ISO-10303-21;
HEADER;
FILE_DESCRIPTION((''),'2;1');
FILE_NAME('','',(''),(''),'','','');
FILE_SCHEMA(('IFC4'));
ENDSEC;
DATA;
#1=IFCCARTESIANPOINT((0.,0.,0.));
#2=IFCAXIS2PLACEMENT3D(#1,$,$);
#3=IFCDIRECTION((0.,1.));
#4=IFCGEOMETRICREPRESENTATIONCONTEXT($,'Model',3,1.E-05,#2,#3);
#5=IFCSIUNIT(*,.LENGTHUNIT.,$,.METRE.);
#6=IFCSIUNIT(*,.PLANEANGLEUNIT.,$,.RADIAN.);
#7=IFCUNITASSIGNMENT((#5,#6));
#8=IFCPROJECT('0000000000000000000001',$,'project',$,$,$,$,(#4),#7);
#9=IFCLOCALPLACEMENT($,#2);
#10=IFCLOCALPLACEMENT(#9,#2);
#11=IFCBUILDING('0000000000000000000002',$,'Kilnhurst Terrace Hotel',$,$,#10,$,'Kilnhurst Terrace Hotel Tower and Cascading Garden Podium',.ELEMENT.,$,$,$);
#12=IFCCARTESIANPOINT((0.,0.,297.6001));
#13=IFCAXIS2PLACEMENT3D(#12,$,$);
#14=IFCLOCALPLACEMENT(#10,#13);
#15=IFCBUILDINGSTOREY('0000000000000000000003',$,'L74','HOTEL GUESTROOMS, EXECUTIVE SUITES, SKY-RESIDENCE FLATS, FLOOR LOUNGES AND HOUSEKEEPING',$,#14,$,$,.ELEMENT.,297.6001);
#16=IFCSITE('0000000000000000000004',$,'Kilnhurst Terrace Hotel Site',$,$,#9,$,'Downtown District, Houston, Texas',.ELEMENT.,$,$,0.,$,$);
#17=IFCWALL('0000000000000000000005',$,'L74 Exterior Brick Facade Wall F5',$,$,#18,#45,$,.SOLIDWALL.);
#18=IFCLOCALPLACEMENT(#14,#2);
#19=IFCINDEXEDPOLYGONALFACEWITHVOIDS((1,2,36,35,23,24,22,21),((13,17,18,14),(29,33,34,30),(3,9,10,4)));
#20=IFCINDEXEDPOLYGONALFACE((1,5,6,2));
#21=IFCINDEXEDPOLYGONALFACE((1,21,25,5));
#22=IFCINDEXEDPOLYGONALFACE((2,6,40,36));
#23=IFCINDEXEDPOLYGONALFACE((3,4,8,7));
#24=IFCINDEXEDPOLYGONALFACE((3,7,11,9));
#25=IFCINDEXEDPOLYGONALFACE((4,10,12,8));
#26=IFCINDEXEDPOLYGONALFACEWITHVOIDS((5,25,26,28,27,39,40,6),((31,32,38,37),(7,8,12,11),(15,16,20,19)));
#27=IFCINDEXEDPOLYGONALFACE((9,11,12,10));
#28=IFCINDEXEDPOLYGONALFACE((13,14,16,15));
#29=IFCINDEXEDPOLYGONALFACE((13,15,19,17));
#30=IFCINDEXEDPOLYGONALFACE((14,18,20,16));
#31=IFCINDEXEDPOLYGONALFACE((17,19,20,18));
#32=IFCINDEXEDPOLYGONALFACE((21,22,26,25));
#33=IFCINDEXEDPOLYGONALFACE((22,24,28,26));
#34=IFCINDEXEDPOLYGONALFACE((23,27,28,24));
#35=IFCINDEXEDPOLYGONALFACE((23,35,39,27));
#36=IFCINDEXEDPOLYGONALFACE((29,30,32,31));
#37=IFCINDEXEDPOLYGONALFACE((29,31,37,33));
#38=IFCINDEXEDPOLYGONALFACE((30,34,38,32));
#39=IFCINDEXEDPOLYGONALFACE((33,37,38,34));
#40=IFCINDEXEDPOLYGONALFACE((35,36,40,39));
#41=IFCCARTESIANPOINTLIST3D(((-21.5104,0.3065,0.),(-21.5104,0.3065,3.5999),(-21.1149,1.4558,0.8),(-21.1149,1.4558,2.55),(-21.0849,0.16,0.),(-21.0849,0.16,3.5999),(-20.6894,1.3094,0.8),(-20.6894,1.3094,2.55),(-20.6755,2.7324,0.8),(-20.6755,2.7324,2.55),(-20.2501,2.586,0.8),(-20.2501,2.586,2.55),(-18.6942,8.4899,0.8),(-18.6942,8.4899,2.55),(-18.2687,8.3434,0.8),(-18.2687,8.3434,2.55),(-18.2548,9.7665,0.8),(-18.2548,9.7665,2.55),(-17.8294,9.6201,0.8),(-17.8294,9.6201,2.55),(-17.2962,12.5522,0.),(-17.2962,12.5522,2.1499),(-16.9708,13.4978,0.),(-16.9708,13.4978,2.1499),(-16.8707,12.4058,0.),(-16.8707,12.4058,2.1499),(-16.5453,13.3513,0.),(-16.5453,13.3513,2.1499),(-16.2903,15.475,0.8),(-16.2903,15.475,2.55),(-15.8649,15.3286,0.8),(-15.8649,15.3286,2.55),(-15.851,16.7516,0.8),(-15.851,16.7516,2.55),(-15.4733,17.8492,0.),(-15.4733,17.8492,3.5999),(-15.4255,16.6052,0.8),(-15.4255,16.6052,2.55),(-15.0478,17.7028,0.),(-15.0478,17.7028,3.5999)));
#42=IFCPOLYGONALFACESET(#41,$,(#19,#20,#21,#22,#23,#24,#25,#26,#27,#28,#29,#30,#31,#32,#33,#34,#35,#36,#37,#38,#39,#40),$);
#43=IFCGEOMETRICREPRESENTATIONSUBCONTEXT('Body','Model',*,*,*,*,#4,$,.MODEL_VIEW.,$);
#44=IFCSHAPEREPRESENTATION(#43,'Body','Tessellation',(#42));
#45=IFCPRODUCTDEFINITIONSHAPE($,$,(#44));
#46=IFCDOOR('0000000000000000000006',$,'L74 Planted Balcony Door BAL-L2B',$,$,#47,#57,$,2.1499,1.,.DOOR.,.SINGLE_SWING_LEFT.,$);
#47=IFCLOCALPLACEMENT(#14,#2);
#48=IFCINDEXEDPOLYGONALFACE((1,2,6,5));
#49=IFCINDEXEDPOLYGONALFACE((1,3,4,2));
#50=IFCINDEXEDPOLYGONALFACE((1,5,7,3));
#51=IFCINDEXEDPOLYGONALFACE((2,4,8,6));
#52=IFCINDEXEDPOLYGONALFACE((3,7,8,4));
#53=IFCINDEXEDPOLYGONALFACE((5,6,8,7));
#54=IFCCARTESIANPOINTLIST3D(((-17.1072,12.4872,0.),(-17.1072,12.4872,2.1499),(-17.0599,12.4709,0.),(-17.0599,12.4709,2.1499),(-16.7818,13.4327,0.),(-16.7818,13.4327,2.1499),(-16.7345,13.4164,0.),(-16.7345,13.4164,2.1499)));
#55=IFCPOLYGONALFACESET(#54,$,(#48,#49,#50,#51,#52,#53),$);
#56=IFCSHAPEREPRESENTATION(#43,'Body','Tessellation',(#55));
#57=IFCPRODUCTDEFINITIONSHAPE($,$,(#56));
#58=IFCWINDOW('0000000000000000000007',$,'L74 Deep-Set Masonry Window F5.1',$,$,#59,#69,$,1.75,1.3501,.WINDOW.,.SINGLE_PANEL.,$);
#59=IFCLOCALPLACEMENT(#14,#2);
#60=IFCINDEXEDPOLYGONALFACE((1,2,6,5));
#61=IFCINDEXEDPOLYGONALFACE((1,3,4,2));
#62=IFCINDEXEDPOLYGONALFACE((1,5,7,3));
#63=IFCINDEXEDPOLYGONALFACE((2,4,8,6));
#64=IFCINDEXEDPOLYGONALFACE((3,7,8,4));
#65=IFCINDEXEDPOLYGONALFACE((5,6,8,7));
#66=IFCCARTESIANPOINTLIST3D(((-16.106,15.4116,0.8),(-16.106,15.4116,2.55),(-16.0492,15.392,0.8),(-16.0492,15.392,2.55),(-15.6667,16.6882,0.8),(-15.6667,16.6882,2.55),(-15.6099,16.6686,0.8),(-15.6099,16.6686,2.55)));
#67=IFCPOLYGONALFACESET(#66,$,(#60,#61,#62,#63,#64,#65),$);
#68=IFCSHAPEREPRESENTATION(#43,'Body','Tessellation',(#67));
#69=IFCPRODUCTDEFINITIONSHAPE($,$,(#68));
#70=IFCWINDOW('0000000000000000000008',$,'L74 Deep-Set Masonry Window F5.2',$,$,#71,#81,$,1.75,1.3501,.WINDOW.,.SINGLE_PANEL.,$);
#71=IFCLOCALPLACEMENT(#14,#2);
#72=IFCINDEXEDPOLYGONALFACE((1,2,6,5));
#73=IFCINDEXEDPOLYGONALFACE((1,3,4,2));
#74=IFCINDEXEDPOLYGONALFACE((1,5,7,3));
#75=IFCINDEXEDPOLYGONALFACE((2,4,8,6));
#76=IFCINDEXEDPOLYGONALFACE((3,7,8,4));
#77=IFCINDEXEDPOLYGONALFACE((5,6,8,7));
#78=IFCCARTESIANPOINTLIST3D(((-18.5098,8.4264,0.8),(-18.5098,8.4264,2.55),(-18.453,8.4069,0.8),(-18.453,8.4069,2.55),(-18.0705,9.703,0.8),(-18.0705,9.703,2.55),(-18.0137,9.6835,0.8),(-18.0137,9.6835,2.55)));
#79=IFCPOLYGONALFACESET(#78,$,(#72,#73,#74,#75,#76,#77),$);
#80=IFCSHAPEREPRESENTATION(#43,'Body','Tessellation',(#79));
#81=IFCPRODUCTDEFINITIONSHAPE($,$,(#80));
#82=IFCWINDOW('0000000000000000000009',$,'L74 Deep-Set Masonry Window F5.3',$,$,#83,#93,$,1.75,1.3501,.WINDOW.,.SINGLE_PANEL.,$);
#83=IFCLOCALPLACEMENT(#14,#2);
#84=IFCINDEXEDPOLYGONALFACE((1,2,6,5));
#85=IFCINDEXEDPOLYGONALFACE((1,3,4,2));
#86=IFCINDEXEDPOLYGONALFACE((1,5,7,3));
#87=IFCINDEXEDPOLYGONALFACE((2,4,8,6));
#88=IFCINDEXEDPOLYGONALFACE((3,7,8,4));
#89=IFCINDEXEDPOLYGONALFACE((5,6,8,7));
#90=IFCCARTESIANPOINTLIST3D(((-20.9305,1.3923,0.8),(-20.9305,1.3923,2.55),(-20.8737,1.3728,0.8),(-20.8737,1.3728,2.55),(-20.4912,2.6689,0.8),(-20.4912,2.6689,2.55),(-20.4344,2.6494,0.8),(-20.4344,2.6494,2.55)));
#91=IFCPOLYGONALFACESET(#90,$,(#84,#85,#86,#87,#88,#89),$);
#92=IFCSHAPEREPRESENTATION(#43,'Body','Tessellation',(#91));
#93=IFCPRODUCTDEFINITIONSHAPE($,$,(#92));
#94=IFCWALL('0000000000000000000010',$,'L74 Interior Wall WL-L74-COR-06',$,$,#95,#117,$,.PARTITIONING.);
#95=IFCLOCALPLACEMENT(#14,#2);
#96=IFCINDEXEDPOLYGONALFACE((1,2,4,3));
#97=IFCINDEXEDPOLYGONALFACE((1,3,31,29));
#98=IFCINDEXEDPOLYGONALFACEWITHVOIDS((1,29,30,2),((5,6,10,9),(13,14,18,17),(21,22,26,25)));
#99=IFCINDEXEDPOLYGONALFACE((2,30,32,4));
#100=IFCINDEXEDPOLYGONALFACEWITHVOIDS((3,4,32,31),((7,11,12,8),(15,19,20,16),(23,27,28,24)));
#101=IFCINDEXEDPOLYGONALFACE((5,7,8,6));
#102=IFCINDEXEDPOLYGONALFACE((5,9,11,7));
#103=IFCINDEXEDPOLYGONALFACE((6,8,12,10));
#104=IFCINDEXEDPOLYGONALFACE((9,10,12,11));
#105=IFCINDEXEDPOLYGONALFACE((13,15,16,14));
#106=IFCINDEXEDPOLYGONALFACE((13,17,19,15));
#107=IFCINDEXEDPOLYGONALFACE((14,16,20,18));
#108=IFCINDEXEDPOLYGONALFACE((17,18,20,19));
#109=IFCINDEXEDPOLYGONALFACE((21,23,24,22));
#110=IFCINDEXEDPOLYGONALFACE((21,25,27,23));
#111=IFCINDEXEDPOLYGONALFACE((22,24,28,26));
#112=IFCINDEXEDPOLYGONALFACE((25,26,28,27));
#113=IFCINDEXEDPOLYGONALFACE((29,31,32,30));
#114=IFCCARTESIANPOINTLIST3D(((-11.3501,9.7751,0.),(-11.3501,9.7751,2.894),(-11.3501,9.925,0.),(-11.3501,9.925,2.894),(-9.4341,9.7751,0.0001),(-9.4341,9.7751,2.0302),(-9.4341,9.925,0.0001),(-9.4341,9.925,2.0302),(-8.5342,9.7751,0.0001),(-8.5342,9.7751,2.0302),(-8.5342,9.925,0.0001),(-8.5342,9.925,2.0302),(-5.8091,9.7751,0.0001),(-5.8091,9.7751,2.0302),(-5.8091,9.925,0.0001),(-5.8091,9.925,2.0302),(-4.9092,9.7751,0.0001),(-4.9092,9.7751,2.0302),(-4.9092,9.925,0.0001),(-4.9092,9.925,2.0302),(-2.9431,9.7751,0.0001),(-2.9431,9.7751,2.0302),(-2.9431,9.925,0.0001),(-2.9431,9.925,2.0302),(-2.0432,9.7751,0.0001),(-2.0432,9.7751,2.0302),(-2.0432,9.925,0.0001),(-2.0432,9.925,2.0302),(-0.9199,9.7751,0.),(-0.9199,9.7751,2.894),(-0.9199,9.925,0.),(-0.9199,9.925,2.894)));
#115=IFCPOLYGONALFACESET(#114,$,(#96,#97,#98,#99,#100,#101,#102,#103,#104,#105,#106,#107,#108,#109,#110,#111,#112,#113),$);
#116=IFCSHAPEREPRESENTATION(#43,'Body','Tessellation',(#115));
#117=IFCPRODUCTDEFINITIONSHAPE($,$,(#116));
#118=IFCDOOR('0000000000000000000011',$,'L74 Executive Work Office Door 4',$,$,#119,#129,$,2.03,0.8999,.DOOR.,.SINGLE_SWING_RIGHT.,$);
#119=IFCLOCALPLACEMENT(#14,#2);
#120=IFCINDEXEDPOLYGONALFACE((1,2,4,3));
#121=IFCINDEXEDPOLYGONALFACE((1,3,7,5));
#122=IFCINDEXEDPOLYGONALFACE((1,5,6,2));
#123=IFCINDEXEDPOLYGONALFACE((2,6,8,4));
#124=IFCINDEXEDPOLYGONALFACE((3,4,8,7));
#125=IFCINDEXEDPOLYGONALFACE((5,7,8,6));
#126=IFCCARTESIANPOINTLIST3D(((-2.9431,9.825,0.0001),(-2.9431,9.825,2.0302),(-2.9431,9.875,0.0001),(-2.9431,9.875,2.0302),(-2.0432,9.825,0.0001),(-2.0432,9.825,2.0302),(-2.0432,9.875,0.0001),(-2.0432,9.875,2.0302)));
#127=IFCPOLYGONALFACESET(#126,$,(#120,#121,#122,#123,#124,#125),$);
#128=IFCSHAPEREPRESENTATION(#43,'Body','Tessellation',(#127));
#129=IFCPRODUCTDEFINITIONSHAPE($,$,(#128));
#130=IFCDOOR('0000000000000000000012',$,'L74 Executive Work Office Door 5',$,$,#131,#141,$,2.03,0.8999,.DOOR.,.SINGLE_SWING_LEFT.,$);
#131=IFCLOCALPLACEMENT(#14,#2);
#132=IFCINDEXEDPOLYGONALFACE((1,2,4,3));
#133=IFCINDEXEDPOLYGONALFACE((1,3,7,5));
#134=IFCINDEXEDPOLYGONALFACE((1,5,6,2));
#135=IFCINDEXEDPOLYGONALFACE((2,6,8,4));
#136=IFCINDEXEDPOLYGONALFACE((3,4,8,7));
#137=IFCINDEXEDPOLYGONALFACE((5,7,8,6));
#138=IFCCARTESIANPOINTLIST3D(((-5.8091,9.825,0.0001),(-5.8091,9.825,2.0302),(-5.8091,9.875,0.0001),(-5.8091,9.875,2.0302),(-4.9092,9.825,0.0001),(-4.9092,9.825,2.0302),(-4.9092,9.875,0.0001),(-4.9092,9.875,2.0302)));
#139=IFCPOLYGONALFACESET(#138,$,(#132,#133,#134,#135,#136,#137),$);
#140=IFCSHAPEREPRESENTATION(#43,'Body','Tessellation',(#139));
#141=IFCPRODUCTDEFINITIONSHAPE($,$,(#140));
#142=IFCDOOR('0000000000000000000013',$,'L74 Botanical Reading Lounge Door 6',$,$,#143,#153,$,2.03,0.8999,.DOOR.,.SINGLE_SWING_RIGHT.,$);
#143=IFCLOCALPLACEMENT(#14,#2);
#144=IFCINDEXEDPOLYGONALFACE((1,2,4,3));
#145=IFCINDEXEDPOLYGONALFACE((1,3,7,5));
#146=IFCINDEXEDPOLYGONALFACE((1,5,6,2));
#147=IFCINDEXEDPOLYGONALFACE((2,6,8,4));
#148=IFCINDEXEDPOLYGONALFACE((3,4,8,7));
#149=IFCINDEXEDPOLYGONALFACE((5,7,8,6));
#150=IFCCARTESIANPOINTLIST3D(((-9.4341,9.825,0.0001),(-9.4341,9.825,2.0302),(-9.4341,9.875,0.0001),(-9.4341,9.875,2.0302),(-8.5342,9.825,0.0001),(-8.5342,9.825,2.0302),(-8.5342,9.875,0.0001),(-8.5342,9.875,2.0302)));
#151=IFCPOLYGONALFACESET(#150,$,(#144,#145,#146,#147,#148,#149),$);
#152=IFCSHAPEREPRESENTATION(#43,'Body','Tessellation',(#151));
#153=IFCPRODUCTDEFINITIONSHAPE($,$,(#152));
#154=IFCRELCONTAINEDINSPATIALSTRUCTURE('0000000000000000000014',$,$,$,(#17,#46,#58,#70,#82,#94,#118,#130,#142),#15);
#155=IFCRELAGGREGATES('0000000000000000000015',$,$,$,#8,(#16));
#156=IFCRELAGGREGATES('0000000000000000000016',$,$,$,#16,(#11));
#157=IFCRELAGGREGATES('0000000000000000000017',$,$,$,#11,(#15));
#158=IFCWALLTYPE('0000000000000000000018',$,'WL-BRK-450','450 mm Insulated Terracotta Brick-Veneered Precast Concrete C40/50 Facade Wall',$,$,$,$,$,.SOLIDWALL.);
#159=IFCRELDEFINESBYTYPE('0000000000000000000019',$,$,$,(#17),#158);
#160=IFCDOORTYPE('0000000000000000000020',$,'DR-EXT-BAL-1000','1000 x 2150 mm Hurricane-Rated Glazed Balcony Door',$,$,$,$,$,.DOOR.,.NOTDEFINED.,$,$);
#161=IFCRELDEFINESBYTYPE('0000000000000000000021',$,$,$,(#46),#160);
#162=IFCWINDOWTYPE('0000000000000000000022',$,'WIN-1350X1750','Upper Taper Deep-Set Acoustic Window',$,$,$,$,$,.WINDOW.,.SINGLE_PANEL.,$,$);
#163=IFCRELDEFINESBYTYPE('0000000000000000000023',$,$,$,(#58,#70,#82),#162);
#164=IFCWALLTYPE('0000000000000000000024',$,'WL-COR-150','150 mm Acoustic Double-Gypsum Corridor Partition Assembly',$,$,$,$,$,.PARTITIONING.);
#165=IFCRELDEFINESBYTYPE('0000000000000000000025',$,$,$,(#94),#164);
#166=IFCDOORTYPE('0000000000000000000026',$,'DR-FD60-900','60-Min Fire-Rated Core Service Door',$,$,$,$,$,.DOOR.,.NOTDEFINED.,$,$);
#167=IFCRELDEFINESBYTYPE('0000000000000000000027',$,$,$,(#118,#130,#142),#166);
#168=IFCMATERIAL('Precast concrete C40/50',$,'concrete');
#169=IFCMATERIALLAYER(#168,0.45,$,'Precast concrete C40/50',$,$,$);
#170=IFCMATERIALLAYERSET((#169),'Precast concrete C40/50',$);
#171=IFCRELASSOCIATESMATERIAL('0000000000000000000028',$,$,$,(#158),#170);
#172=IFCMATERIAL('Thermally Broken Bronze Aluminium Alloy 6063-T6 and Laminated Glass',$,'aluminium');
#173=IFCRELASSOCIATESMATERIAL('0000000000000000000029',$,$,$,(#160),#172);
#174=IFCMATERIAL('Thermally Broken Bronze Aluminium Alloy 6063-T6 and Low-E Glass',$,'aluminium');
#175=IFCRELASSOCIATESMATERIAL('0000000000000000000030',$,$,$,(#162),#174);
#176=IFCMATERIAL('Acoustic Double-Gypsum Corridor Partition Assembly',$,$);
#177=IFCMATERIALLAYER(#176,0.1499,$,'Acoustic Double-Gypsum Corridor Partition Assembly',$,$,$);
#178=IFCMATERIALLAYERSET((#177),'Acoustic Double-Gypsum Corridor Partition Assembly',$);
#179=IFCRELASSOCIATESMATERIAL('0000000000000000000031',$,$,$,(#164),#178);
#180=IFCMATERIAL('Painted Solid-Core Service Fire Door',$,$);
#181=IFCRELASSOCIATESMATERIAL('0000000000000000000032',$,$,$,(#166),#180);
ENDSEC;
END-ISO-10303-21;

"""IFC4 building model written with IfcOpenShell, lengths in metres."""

from ifc_helpers import new_model, si_unit, direction, frame, frame_2d, origin, place, context, subcontext, project, spatial, rectangle, extrude, material, layer, layer_set, type_object, element, fill, save


model = new_model("IFC4")

# Units and contexts
model_context = context("Model", 3, precision=1e-05, world=origin(), true_north=direction((0.0, 1.0)))
body_context = subcontext(model_context, "Body", "Model", "MODEL_VIEW")
ifc_project = project(units=[si_unit("LENGTHUNIT", "METRE"), si_unit("PLANEANGLEUNIT", "RADIAN")], contexts=[model_context])

# Site, building, storey
site_placement = place(None, origin())
site = spatial("IfcSite", under=ifc_project, at=site_placement, Name="Kilnhurst Terrace Hotel Site", LongName="Downtown District, Houston, Texas", CompositionType="ELEMENT", RefElevation=0.0)
building_placement = place(site_placement, origin())
building = spatial("IfcBuilding", under=site, at=building_placement, Name="Kilnhurst Terrace Hotel", LongName="Kilnhurst Terrace Hotel Tower and Cascading Garden Podium", CompositionType="ELEMENT")
storey_placement = place(building_placement, frame((0.0, 0.0, 297.6001)))
storey = spatial("IfcBuildingStorey", under=building, at=storey_placement, Name="L74", Description="HOTEL GUESTROOMS, EXECUTIVE SUITES, SKY-RESIDENCE FLATS, FLOOR LOUNGES AND HOUSEKEEPING", CompositionType="ELEMENT", Elevation=297.6001)

# Shared definitions
ifc_material_1 = material(Name="Precast concrete C40/50", Category="concrete")
ifc_layer_1 = layer(ifc_material_1, 0.45, Name="Precast concrete C40/50")
ifc_layer_set_1 = layer_set([ifc_layer_1], Name="Precast concrete C40/50")
wall_type_1 = type_object("IfcWallType", Name="WL-BRK-450", Description="450 mm Insulated Terracotta Brick-Veneered Precast Concrete C40/50 Facade Wall", PredefinedType="SOLIDWALL", material=ifc_layer_set_1)

# Wall, openings, door, windows
wall_1_placement = place(storey_placement, frame((-15.2605, 17.7761, 0.0), z_axis=(0.0, 0.0, 1.0), x_axis=(-0.325407, -0.945574, 0.0)))
wall_1 = element("IfcWall", 1, at=wall_1_placement, inside=storey, type_object=wall_type_1, Name="L74 Exterior Brick Facade Wall F5", PredefinedType="SOLIDWALL", context=body_context, shape_type="SweptSolid", body=[
    extrude(rectangle(XDim=18.5525, YDim=0.45, at=frame_2d((9.2764, 0.0))), origin(), (0.0, 0.0, 1.0), 3.5999),
])
opening_1_placement = place(wall_1_placement, frame((4.6021, 0.0, 0.0)))
opening_1 = element("IfcOpeningElement", 2, at=opening_1_placement, cuts=wall_1, PredefinedType="OPENING", context=body_context, shape_type="SweptSolid", body=[
    extrude(rectangle(XDim=1.0, YDim=2.1499, at=frame_2d((0.5, 1.075))), frame((0.0, 0.2349, 0.0), z_axis=(0.0, -1.0, 0.0), x_axis=(1.0, 0.0, 0.0)), (0.0, 0.0, 1.0), 0.47),
])
opening_2_placement = place(wall_1_placement, frame((1.1609, 0.0, 0.8)))
opening_2 = element("IfcOpeningElement", 3, at=opening_2_placement, cuts=wall_1, PredefinedType="OPENING", context=body_context, shape_type="SweptSolid", body=[
    extrude(rectangle(XDim=1.3501, YDim=1.75, at=frame_2d((0.675, 0.875))), frame((0.0, 0.2349, 0.0), z_axis=(0.0, -1.0, 0.0), x_axis=(1.0, 0.0, 0.0)), (0.0, 0.0, 1.0), 0.47),
])
opening_3_placement = place(wall_1_placement, frame((8.5481, 0.0, 0.8)))
opening_3 = element("IfcOpeningElement", 4, at=opening_3_placement, cuts=wall_1, PredefinedType="OPENING", context=body_context, shape_type="SweptSolid", body=[
    extrude(rectangle(XDim=1.3501, YDim=1.75, at=frame_2d((0.675, 0.875))), frame((0.0, 0.2349, 0.0), z_axis=(0.0, -1.0, 0.0), x_axis=(1.0, 0.0, 0.0)), (0.0, 0.0, 1.0), 0.47),
])
opening_4_placement = place(wall_1_placement, frame((15.9871, 0.0, 0.8)))
opening_4 = element("IfcOpeningElement", 5, at=opening_4_placement, cuts=wall_1, PredefinedType="OPENING", context=body_context, shape_type="SweptSolid", body=[
    extrude(rectangle(XDim=1.3501, YDim=1.75, at=frame_2d((0.675, 0.875))), frame((0.0, 0.2349, 0.0), z_axis=(0.0, -1.0, 0.0), x_axis=(1.0, 0.0, 0.0)), (0.0, 0.0, 1.0), 0.47),
])
ifc_material_2 = material(Name="Thermally Broken Bronze Aluminium Alloy 6063-T6 and Laminated Glass", Category="aluminium")
door_type_1 = type_object("IfcDoorType", Name="DR-EXT-BAL-1000", Description="1000 x 2150 mm Hurricane-Rated Glazed Balcony Door", OperationType="NOTDEFINED", PredefinedType="DOOR", material=ifc_material_2)
door_1_placement = place(opening_1_placement, origin())
door_1 = element("IfcDoor", 6, at=door_1_placement, inside=storey, type_object=door_type_1, Name="L74 Planted Balcony Door BAL-L2B", OperationType="SINGLE_SWING_LEFT", OverallHeight=2.1499, OverallWidth=1.0, PredefinedType="DOOR", context=body_context, shape_type="SweptSolid", body=[
    extrude(rectangle(XDim=1.0, YDim=2.1499, at=frame_2d((0.5, 1.075))), frame((0.0, 0.0249, 0.0), z_axis=(0.0, -1.0, 0.0), x_axis=(1.0, 0.0, 0.0)), (0.0, 0.0, 1.0), 0.05),
])
fill(opening_1, door_1)
ifc_material_3 = material(Name="Thermally Broken Bronze Aluminium Alloy 6063-T6 and Low-E Glass", Category="aluminium")
window_type = type_object("IfcWindowType", Name="WIN-1350X1750", Description="Upper Taper Deep-Set Acoustic Window", PartitioningType="SINGLE_PANEL", PredefinedType="WINDOW", material=ifc_material_3)
window_1_placement = place(opening_2_placement, origin())
window_1 = element("IfcWindow", 7, at=window_1_placement, inside=storey, type_object=window_type, Name="L74 Deep-Set Masonry Window F5.1", OverallHeight=1.75, OverallWidth=1.3501, PartitioningType="SINGLE_PANEL", PredefinedType="WINDOW", context=body_context, shape_type="SweptSolid", body=[
    extrude(rectangle(XDim=1.3501, YDim=1.75, at=frame_2d((0.675, 0.875))), frame((0.0, 0.03, 0.0), z_axis=(0.0, -1.0, 0.0), x_axis=(1.0, 0.0, 0.0)), (0.0, 0.0, 1.0), 0.0601),
])
fill(opening_2, window_1)
window_2_placement = place(opening_3_placement, origin())
window_2 = element("IfcWindow", 8, at=window_2_placement, inside=storey, type_object=window_type, Name="L74 Deep-Set Masonry Window F5.2", OverallHeight=1.75, OverallWidth=1.3501, PartitioningType="SINGLE_PANEL", PredefinedType="WINDOW", context=body_context, shape_type="SweptSolid", body=[
    extrude(rectangle(XDim=1.3501, YDim=1.75, at=frame_2d((0.675, 0.875))), frame((0.0, 0.03, 0.0), z_axis=(0.0, -1.0, 0.0), x_axis=(1.0, 0.0, 0.0)), (0.0, 0.0, 1.0), 0.0601),
])
fill(opening_3, window_2)
window_3_placement = place(opening_4_placement, origin())
window_3 = element("IfcWindow", 9, at=window_3_placement, inside=storey, type_object=window_type, Name="L74 Deep-Set Masonry Window F5.3", OverallHeight=1.75, OverallWidth=1.3501, PartitioningType="SINGLE_PANEL", PredefinedType="WINDOW", context=body_context, shape_type="SweptSolid", body=[
    extrude(rectangle(XDim=1.3501, YDim=1.75, at=frame_2d((0.675, 0.875))), frame((0.0, 0.03, 0.0), z_axis=(0.0, -1.0, 0.0), x_axis=(1.0, 0.0, 0.0)), (0.0, 0.0, 1.0), 0.0601),
])
fill(opening_4, window_3)

# Wall, openings, doors
ifc_material_4 = material(Name="Acoustic Double-Gypsum Corridor Partition Assembly")
ifc_layer_2 = layer(ifc_material_4, 0.1499, Name="Acoustic Double-Gypsum Corridor Partition Assembly")
ifc_layer_set_2 = layer_set([ifc_layer_2], Name="Acoustic Double-Gypsum Corridor Partition Assembly")
wall_type_2 = type_object("IfcWallType", Name="WL-COR-150", Description="150 mm Acoustic Double-Gypsum Corridor Partition Assembly", PredefinedType="PARTITIONING", material=ifc_layer_set_2)
wall_2_placement = place(storey_placement, frame((-11.3501, 9.8501, 0.0), z_axis=(0.0, 0.0, 1.0), x_axis=(1.0, 0.0, 0.0)))
wall_2 = element("IfcWall", 10, at=wall_2_placement, inside=storey, type_object=wall_type_2, Name="L74 Interior Wall WL-L74-COR-06", PredefinedType="PARTITIONING", context=body_context, shape_type="SweptSolid", body=[
    extrude(rectangle(XDim=10.4302, YDim=0.1499, at=frame_2d((5.2151, 0.0))), origin(), (0.0, 0.0, 1.0), 2.894),
])
opening_5_placement = place(wall_2_placement, frame((8.407, 0.0, 0.0)))
opening_5 = element("IfcOpeningElement", 11, at=opening_5_placement, cuts=wall_2, PredefinedType="OPENING", context=body_context, shape_type="SweptSolid", body=[
    extrude(rectangle(XDim=0.8999, YDim=2.03, at=frame_2d((0.45, 1.0151))), frame((0.0, 0.085, 0.0), z_axis=(0.0, -1.0, 0.0), x_axis=(1.0, 0.0, 0.0)), (0.0, 0.0, 1.0), 0.1699),
])
opening_6_placement = place(wall_2_placement, frame((5.541, 0.0, 0.0)))
opening_6 = element("IfcOpeningElement", 12, at=opening_6_placement, cuts=wall_2, PredefinedType="OPENING", context=body_context, shape_type="SweptSolid", body=[
    extrude(rectangle(XDim=0.8999, YDim=2.03, at=frame_2d((0.45, 1.0151))), frame((0.0, 0.085, 0.0), z_axis=(0.0, -1.0, 0.0), x_axis=(1.0, 0.0, 0.0)), (0.0, 0.0, 1.0), 0.1699),
])
opening_7_placement = place(wall_2_placement, frame((1.916, 0.0, 0.0)))
opening_7 = element("IfcOpeningElement", 13, at=opening_7_placement, cuts=wall_2, PredefinedType="OPENING", context=body_context, shape_type="SweptSolid", body=[
    extrude(rectangle(XDim=0.8999, YDim=2.03, at=frame_2d((0.45, 1.0151))), frame((0.0, 0.085, 0.0), z_axis=(0.0, -1.0, 0.0), x_axis=(1.0, 0.0, 0.0)), (0.0, 0.0, 1.0), 0.1699),
])
ifc_material_5 = material(Name="Painted Solid-Core Service Fire Door")
door_type_2 = type_object("IfcDoorType", Name="DR-FD60-900", Description="60-Min Fire-Rated Core Service Door", OperationType="NOTDEFINED", PredefinedType="DOOR", material=ifc_material_5)
door_2_placement = place(opening_5_placement, origin())
door_2 = element("IfcDoor", 14, at=door_2_placement, inside=storey, type_object=door_type_2, Name="L74 Executive Work Office Door 4", OperationType="SINGLE_SWING_RIGHT", OverallHeight=2.03, OverallWidth=0.8999, PredefinedType="DOOR", context=body_context, shape_type="SweptSolid", body=[
    extrude(rectangle(XDim=0.8999, YDim=2.03, at=frame_2d((0.45, 1.0151))), frame((0.0, 0.0249, 0.0), z_axis=(0.0, -1.0, 0.0), x_axis=(1.0, 0.0, 0.0)), (0.0, 0.0, 1.0), 0.05),
])
fill(opening_5, door_2)
door_3_placement = place(opening_6_placement, origin())
door_3 = element("IfcDoor", 15, at=door_3_placement, inside=storey, type_object=door_type_2, Name="L74 Executive Work Office Door 5", OperationType="SINGLE_SWING_LEFT", OverallHeight=2.03, OverallWidth=0.8999, PredefinedType="DOOR", context=body_context, shape_type="SweptSolid", body=[
    extrude(rectangle(XDim=0.8999, YDim=2.03, at=frame_2d((0.45, 1.0151))), frame((0.0, 0.0249, 0.0), z_axis=(0.0, -1.0, 0.0), x_axis=(1.0, 0.0, 0.0)), (0.0, 0.0, 1.0), 0.05),
])
fill(opening_6, door_3)
door_4_placement = place(opening_7_placement, origin())
door_4 = element("IfcDoor", 16, at=door_4_placement, inside=storey, type_object=door_type_2, Name="L74 Botanical Reading Lounge Door 6", OperationType="SINGLE_SWING_RIGHT", OverallHeight=2.03, OverallWidth=0.8999, PredefinedType="DOOR", context=body_context, shape_type="SweptSolid", body=[
    extrude(rectangle(XDim=0.8999, YDim=2.03, at=frame_2d((0.45, 1.0151))), frame((0.0, 0.0249, 0.0), z_axis=(0.0, -1.0, 0.0), x_axis=(1.0, 0.0, 0.0)), (0.0, 0.0, 1.0), 0.05),
])
fill(opening_7, door_4)

save(model, "model.ifc")
